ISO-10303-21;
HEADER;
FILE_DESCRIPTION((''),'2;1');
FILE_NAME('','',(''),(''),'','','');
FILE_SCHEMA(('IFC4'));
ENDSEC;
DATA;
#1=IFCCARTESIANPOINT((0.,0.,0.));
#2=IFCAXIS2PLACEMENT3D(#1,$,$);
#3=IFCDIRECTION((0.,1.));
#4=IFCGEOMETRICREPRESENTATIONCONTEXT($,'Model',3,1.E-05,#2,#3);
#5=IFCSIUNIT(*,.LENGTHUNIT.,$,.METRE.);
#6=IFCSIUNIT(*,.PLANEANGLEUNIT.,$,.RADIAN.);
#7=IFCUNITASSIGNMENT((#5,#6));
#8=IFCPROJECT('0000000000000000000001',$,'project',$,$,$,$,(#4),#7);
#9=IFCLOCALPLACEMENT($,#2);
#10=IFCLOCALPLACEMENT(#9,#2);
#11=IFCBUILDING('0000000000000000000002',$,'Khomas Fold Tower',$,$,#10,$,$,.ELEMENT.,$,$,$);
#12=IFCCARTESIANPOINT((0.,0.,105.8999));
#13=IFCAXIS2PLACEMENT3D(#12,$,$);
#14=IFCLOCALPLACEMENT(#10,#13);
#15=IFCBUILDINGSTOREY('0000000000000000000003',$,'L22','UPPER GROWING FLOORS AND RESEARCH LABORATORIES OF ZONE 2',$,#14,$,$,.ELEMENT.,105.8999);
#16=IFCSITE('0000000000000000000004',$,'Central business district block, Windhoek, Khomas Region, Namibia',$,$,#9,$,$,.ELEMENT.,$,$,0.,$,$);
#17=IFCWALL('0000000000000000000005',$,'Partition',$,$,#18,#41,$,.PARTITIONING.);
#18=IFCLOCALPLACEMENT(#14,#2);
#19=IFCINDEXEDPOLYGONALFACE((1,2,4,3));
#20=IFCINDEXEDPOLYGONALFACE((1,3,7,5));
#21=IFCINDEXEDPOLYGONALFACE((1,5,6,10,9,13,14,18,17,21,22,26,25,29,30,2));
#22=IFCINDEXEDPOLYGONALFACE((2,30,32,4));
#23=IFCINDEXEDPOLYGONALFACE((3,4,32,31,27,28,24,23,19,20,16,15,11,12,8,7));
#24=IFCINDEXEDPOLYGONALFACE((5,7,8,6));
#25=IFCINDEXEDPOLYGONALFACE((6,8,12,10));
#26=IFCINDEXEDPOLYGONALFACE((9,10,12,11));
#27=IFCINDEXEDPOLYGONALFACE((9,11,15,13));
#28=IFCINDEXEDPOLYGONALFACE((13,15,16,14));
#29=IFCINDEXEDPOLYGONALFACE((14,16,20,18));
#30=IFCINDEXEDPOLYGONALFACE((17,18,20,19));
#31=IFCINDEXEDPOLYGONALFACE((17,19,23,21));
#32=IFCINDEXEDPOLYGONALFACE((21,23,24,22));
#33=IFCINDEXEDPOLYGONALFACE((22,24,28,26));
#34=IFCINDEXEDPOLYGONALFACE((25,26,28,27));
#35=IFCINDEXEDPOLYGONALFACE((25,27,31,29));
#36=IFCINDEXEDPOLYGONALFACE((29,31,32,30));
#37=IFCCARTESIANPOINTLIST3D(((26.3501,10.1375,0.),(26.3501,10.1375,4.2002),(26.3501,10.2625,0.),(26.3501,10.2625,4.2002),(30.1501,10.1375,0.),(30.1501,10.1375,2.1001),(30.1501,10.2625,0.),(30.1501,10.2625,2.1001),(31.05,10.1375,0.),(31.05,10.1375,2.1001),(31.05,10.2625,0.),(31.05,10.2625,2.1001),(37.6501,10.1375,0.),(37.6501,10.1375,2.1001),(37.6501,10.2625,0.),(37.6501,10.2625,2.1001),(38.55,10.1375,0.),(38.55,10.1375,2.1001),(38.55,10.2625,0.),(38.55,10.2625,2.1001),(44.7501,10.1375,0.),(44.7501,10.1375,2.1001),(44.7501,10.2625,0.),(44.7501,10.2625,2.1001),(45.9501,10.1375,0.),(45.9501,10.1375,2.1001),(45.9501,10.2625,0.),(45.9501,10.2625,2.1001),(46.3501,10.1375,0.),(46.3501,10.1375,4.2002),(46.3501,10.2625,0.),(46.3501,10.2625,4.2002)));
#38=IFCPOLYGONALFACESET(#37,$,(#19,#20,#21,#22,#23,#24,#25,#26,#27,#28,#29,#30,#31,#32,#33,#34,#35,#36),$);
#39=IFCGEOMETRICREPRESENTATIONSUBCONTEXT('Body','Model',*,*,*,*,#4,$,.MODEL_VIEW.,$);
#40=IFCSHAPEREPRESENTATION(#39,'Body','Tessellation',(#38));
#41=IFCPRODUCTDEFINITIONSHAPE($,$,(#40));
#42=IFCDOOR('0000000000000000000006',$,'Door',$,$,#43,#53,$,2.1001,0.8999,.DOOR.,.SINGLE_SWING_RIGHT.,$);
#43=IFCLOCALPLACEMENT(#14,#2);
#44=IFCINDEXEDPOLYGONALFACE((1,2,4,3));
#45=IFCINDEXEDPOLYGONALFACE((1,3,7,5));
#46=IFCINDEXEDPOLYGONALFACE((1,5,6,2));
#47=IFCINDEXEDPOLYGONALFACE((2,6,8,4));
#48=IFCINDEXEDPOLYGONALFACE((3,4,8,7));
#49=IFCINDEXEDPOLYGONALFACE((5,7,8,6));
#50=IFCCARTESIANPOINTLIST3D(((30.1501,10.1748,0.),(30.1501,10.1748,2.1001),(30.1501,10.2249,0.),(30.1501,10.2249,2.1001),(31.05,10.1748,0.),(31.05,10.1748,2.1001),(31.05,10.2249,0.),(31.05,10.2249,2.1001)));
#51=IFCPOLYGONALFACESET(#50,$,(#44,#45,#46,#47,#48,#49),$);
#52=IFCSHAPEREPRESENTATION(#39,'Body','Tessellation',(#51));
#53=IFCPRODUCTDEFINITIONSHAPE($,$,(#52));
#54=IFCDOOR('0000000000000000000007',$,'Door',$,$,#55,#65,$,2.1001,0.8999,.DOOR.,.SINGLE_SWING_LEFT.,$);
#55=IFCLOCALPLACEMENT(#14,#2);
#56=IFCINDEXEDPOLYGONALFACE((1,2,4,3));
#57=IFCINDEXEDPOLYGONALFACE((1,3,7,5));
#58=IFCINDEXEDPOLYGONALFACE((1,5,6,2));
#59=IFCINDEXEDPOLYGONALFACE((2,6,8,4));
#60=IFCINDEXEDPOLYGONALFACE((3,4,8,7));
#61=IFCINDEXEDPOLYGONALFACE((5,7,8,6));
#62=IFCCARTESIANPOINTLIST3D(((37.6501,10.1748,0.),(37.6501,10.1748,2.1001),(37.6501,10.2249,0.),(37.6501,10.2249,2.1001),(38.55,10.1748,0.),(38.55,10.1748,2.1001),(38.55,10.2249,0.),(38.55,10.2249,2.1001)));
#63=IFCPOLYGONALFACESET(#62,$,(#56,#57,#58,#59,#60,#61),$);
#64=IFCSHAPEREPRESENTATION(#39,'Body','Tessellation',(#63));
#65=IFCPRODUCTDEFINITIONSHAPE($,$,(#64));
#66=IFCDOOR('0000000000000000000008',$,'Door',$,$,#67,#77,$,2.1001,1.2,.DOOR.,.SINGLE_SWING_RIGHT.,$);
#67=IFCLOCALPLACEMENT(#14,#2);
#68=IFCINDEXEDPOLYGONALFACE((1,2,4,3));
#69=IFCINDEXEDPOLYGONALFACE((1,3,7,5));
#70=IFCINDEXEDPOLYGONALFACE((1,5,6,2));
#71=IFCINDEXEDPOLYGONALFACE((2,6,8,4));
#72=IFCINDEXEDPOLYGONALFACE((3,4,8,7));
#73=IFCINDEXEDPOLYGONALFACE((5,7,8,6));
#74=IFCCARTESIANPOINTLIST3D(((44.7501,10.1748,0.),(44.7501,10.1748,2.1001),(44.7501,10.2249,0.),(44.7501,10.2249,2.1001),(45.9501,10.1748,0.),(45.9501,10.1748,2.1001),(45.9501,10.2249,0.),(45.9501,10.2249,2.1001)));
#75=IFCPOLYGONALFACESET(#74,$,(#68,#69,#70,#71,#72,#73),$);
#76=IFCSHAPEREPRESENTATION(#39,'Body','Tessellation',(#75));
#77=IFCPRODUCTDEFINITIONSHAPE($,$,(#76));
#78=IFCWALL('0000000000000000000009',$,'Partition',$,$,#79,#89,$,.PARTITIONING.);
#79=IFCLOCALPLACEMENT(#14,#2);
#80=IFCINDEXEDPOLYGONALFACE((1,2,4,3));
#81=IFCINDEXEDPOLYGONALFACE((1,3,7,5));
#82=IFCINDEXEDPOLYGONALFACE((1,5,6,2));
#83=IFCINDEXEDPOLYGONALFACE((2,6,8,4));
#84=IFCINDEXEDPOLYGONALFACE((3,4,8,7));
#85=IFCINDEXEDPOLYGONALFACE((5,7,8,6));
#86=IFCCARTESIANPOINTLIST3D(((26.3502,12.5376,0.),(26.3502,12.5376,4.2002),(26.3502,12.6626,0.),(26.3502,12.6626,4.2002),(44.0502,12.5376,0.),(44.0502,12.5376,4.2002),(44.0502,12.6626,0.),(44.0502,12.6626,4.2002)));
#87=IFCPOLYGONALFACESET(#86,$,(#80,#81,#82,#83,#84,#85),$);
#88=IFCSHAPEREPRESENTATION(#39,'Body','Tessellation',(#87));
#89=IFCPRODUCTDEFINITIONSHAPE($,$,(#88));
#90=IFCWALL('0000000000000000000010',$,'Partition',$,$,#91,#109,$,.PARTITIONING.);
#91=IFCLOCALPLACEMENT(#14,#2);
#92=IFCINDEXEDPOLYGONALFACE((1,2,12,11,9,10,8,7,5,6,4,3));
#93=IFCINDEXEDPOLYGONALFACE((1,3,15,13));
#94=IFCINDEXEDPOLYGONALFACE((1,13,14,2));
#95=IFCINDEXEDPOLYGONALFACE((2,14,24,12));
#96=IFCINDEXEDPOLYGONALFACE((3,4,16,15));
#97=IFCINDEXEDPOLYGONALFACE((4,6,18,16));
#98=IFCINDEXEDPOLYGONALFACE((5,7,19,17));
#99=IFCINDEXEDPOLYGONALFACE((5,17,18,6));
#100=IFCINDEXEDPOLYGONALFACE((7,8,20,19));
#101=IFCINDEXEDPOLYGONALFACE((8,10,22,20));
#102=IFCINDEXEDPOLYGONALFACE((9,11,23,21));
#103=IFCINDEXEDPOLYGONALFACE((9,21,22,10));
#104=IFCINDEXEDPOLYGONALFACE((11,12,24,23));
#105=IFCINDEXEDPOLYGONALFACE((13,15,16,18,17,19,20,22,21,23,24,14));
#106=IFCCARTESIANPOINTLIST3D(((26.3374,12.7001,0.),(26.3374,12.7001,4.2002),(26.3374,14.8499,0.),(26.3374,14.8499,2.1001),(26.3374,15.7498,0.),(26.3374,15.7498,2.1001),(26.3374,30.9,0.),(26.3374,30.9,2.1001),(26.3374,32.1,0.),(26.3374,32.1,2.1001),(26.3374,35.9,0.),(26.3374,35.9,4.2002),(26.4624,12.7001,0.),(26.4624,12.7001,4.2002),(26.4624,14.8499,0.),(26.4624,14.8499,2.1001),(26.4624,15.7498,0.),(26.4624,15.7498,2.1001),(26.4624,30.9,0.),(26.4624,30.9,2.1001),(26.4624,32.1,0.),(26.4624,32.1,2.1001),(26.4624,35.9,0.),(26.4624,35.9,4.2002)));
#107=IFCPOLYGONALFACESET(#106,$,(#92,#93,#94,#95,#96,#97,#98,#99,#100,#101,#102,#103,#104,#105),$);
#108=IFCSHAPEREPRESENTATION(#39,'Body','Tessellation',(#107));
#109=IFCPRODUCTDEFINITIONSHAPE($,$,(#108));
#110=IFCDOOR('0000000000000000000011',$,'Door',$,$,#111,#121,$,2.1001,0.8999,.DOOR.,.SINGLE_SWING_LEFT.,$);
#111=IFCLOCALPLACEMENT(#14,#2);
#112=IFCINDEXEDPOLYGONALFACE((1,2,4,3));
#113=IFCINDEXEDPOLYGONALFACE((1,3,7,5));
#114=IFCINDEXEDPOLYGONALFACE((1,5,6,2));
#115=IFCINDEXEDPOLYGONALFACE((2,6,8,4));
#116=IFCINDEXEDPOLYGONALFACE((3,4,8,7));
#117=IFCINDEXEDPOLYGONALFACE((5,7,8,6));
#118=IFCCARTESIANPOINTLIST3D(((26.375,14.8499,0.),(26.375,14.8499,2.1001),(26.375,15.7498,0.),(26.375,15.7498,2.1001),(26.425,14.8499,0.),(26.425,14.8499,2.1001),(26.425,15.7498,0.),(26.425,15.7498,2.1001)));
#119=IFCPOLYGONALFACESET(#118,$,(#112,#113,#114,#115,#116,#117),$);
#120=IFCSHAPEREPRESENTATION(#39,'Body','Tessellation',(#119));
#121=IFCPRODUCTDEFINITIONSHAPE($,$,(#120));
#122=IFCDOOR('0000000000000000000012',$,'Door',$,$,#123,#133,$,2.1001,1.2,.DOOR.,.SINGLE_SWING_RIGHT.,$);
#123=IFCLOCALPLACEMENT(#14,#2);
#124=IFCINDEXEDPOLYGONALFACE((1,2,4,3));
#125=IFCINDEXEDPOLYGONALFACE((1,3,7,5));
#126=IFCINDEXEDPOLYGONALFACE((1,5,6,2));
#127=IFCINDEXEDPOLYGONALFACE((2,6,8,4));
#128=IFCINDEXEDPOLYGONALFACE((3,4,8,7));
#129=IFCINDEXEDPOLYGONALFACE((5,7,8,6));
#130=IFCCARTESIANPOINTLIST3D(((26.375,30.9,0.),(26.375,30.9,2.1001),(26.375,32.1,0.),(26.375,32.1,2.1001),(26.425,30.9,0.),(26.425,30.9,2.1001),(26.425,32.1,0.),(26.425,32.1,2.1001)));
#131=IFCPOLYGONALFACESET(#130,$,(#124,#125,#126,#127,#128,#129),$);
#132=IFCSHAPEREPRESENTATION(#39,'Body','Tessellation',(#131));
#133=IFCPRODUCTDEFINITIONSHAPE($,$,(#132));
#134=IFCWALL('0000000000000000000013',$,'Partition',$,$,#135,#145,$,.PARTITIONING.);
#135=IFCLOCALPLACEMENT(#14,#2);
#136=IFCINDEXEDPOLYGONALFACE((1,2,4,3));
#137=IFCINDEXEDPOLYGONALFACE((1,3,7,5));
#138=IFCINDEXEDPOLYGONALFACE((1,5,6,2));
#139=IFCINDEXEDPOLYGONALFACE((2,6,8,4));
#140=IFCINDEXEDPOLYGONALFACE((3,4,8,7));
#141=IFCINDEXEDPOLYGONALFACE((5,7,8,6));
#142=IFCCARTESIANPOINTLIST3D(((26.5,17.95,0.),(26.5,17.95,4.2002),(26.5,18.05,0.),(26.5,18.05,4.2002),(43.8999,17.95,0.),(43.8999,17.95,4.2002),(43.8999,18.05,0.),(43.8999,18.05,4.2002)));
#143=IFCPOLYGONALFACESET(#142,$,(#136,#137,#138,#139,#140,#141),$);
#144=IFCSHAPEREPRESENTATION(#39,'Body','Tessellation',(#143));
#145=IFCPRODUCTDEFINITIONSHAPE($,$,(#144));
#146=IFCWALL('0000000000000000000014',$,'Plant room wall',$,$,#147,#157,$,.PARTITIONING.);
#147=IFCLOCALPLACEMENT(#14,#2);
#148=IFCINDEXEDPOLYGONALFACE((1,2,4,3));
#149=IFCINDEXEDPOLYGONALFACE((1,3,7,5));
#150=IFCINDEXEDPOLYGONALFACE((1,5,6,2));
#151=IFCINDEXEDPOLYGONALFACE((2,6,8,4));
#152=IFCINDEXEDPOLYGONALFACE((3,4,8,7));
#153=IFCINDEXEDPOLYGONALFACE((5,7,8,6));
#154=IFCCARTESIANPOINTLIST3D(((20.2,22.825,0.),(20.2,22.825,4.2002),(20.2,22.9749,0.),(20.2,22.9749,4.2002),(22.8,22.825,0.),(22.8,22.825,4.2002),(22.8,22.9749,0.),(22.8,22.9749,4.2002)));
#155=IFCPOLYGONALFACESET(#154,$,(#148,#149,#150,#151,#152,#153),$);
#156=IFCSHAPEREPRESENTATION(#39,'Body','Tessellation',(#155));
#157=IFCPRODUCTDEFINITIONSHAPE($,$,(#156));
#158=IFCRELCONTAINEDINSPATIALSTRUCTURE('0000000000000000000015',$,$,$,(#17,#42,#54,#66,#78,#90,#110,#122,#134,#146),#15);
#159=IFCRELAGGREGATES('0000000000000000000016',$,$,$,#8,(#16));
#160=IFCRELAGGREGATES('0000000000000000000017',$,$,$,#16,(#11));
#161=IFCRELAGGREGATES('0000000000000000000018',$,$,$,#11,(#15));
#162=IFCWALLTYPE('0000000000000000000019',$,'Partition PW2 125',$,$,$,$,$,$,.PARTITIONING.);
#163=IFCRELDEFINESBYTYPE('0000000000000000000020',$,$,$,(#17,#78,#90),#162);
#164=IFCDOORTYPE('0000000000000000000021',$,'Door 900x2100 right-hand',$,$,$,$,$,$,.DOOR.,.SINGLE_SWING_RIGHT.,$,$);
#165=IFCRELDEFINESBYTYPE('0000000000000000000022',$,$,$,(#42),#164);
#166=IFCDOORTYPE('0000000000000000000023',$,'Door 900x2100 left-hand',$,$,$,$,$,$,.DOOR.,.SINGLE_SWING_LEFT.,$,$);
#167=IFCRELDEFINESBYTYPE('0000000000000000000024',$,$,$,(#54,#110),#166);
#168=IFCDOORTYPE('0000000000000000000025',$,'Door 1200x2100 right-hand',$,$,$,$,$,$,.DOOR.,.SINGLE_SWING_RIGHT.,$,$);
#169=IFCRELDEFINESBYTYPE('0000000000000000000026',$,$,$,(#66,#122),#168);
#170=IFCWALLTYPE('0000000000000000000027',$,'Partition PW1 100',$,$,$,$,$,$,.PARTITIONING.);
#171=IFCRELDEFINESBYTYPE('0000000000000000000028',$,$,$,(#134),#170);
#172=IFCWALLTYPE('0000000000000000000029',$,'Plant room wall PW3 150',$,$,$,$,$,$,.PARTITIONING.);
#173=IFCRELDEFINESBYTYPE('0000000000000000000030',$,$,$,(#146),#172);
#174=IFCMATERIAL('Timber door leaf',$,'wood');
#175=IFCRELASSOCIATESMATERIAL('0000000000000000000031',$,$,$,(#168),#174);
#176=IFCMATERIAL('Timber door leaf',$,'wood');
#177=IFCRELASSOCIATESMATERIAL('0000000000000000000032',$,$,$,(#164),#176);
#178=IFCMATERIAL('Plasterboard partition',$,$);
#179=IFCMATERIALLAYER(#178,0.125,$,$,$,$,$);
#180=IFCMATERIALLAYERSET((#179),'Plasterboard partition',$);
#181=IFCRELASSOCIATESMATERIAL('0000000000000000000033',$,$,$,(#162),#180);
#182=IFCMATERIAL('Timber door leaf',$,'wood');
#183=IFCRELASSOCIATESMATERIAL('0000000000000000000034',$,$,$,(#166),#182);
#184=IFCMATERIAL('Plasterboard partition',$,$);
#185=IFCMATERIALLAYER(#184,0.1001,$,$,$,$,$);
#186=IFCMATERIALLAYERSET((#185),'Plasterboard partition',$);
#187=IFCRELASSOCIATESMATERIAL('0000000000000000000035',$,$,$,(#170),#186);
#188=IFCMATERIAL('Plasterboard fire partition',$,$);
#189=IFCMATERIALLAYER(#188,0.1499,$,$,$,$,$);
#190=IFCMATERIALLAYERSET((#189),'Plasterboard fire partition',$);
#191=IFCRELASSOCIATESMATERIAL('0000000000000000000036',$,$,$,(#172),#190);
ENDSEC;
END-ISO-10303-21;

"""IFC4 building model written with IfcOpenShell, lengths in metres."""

from ifc_helpers import new_model, si_unit, direction, frame, frame_2d, origin, place, context, subcontext, project, spatial, rectangle, extrude, source, transform, mapped, material, layer, layer_set, type_object, element, fill, save


model = new_model("IFC4")

# Units and contexts
model_context = context("Model", 3, precision=1e-05, world=origin(), true_north=direction((0.0, 1.0)))
body_context = subcontext(model_context, "Body", "Model", "MODEL_VIEW")
ifc_project = project(units=[si_unit("LENGTHUNIT", "METRE"), si_unit("PLANEANGLEUNIT", "RADIAN")], contexts=[model_context])

# Site, building, storey
site_placement = place(None, origin())
site = spatial("IfcSite", under=ifc_project, at=site_placement, Name="Central business district block, Windhoek, Khomas Region, Namibia", CompositionType="ELEMENT", RefElevation=0.0)
building_placement = place(site_placement, origin())
building = spatial("IfcBuilding", under=site, at=building_placement, Name="Khomas Fold Tower", CompositionType="ELEMENT")
storey_placement = place(building_placement, frame((0.0, 0.0, 105.8999)))
storey = spatial("IfcBuildingStorey", under=building, at=storey_placement, Name="L22", Description="UPPER GROWING FLOORS AND RESEARCH LABORATORIES OF ZONE 2", CompositionType="ELEMENT", Elevation=105.8999)

# Wall, openings, doors
ifc_material_1 = material(Name="Timber door leaf", Category="wood")
door_type_1 = type_object("IfcDoorType", Name="Door 1200x2100 right-hand", OperationType="SINGLE_SWING_RIGHT", PredefinedType="DOOR", material=ifc_material_1)
ifc_material_2 = material(Name="Timber door leaf", Category="wood")
door_type_2 = type_object("IfcDoorType", Name="Door 900x2100 right-hand", OperationType="SINGLE_SWING_RIGHT", PredefinedType="DOOR", material=ifc_material_2)
ifc_material_3 = material(Name="Plasterboard partition")
ifc_layer_1 = layer(ifc_material_3, 0.125)
ifc_layer_set_1 = layer_set([ifc_layer_1], Name="Plasterboard partition")
wall_type_1 = type_object("IfcWallType", Name="Partition PW2 125", PredefinedType="PARTITIONING", material=ifc_layer_set_1)
shared_shape_1 = source(origin(), body_context, "Body", "SweptSolid", [
    extrude(rectangle(XDim=20.0, YDim=0.125, at=frame_2d((10.0, 0.0))), origin(), (0.0, 0.0, 1.0), 4.2002),
])
wall_1_placement = place(storey_placement, frame((26.3501, 10.2, 0.0), z_axis=(0.0, 0.0, 1.0), x_axis=(1.0, 0.0, 0.0)))
wall_1 = element("IfcWall", 1, at=wall_1_placement, inside=storey, type_object=wall_type_1, Name="Partition", PredefinedType="PARTITIONING", context=body_context, shape_type="MappedRepresentation", body=[
    mapped(shared_shape_1, transform((0.0, 0.0, 0.0))),
])
shared_shape_2 = source(origin(), body_context, "Body", "SweptSolid", [
    extrude(rectangle(XDim=0.8999, YDim=2.1001, at=frame_2d((0.45, 1.05))), frame((0.0, 0.0725, 0.0), z_axis=(0.0, -1.0, 0.0), x_axis=(1.0, 0.0, 0.0)), (0.0, 0.0, 1.0), 0.145),
])
opening_1_placement = place(wall_1_placement, frame((3.8, 0.0, 0.0)))
opening_1 = element("IfcOpeningElement", 2, at=opening_1_placement, cuts=wall_1, PredefinedType="OPENING", context=body_context, shape_type="MappedRepresentation", body=[
    mapped(shared_shape_2, transform((0.0, 0.0, 0.0))),
])
opening_2_placement = place(wall_1_placement, frame((11.3, 0.0, 0.0)))
opening_2 = element("IfcOpeningElement", 3, at=opening_2_placement, cuts=wall_1, PredefinedType="OPENING", context=body_context, shape_type="MappedRepresentation", body=[
    mapped(shared_shape_2, transform((0.0, 0.0, 0.0))),
])
shared_shape_3 = source(origin(), body_context, "Body", "SweptSolid", [
    extrude(rectangle(XDim=1.2, YDim=2.1001, at=frame_2d((0.6001, 1.05))), frame((0.0, 0.0725, 0.0), z_axis=(0.0, -1.0, 0.0), x_axis=(1.0, 0.0, 0.0)), (0.0, 0.0, 1.0), 0.145),
])
opening_3_placement = place(wall_1_placement, frame((18.3999, 0.0, 0.0)))
opening_3 = element("IfcOpeningElement", 4, at=opening_3_placement, cuts=wall_1, PredefinedType="OPENING", context=body_context, shape_type="MappedRepresentation", body=[
    mapped(shared_shape_3, transform((0.0, 0.0, 0.0))),
])
shared_shape_4 = source(origin(), body_context, "Body", "SweptSolid", [
    extrude(rectangle(XDim=0.8999, YDim=2.1001, at=frame_2d((0.45, 1.05))), frame((0.0, 0.0249, 0.0), z_axis=(0.0, -1.0, 0.0), x_axis=(1.0, 0.0, 0.0)), (0.0, 0.0, 1.0), 0.05),
])
door_1_placement = place(opening_1_placement, origin())
door_1 = element("IfcDoor", 5, at=door_1_placement, inside=storey, type_object=door_type_2, Name="Door", OperationType="SINGLE_SWING_RIGHT", OverallHeight=2.1001, OverallWidth=0.8999, PredefinedType="DOOR", context=body_context, shape_type="MappedRepresentation", body=[
    mapped(shared_shape_4, transform((0.0, 0.0, 0.0))),
])
fill(opening_1, door_1)
ifc_material_4 = material(Name="Timber door leaf", Category="wood")
door_type_3 = type_object("IfcDoorType", Name="Door 900x2100 left-hand", OperationType="SINGLE_SWING_LEFT", PredefinedType="DOOR", material=ifc_material_4)
door_2_placement = place(opening_2_placement, origin())
door_2 = element("IfcDoor", 6, at=door_2_placement, inside=storey, type_object=door_type_3, Name="Door", OperationType="SINGLE_SWING_LEFT", OverallHeight=2.1001, OverallWidth=0.8999, PredefinedType="DOOR", context=body_context, shape_type="MappedRepresentation", body=[
    mapped(shared_shape_4, transform((0.0, 0.0, 0.0))),
])
fill(opening_2, door_2)
shared_shape_5 = source(origin(), body_context, "Body", "SweptSolid", [
    extrude(rectangle(XDim=1.2, YDim=2.1001, at=frame_2d((0.6001, 1.05))), frame((0.0, 0.0249, 0.0), z_axis=(0.0, -1.0, 0.0), x_axis=(1.0, 0.0, 0.0)), (0.0, 0.0, 1.0), 0.05),
])
door_3_placement = place(opening_3_placement, origin())
door_3 = element("IfcDoor", 7, at=door_3_placement, inside=storey, type_object=door_type_1, Name="Door", OperationType="SINGLE_SWING_RIGHT", OverallHeight=2.1001, OverallWidth=1.2, PredefinedType="DOOR", context=body_context, shape_type="MappedRepresentation", body=[
    mapped(shared_shape_5, transform((0.0, 0.0, 0.0))),
])
fill(opening_3, door_3)

# Wall
shared_shape_6 = source(origin(), body_context, "Body", "SweptSolid", [
    extrude(rectangle(XDim=17.7, YDim=0.125, at=frame_2d((8.8501, 0.0))), origin(), (0.0, 0.0, 1.0), 4.2002),
])
wall_2_placement = place(storey_placement, frame((26.3501, 12.6001, 0.0), z_axis=(0.0, 0.0, 1.0), x_axis=(1.0, 0.0, 0.0)))
element("IfcWall", 8, at=wall_2_placement, inside=storey, type_object=wall_type_1, Name="Partition", PredefinedType="PARTITIONING", context=body_context, shape_type="MappedRepresentation", body=[
    mapped(shared_shape_6, transform((0.0, 0.0, 0.0))),
])

# Wall, openings, doors
shared_shape_7 = source(origin(), body_context, "Body", "SweptSolid", [
    extrude(rectangle(XDim=23.2, YDim=0.125, at=frame_2d((11.6001, 0.0))), origin(), (0.0, 0.0, 1.0), 4.2002),
])
wall_3_placement = place(storey_placement, frame((26.3999, 12.7, 0.0), z_axis=(0.0, 0.0, 1.0), x_axis=(0.0, 1.0, 0.0)))
wall_3 = element("IfcWall", 9, at=wall_3_placement, inside=storey, type_object=wall_type_1, Name="Partition", PredefinedType="PARTITIONING", context=body_context, shape_type="MappedRepresentation", body=[
    mapped(shared_shape_7, transform((0.0, 0.0, 0.0))),
])
opening_4_placement = place(wall_3_placement, frame((2.1499, 0.0, 0.0)))
opening_4 = element("IfcOpeningElement", 10, at=opening_4_placement, cuts=wall_3, PredefinedType="OPENING", context=body_context, shape_type="MappedRepresentation", body=[
    mapped(shared_shape_2, transform((0.0, 0.0, 0.0))),
])
opening_5_placement = place(wall_3_placement, frame((18.2, 0.0, 0.0)))
opening_5 = element("IfcOpeningElement", 11, at=opening_5_placement, cuts=wall_3, PredefinedType="OPENING", context=body_context, shape_type="MappedRepresentation", body=[
    mapped(shared_shape_3, transform((0.0, 0.0, 0.0))),
])
door_4_placement = place(opening_4_placement, origin())
door_4 = element("IfcDoor", 12, at=door_4_placement, inside=storey, type_object=door_type_3, Name="Door", OperationType="SINGLE_SWING_LEFT", OverallHeight=2.1001, OverallWidth=0.8999, PredefinedType="DOOR", context=body_context, shape_type="MappedRepresentation", body=[
    mapped(shared_shape_4, transform((0.0, 0.0, 0.0))),
])
fill(opening_4, door_4)
door_5_placement = place(opening_5_placement, origin())
door_5 = element("IfcDoor", 13, at=door_5_placement, inside=storey, type_object=door_type_1, Name="Door", OperationType="SINGLE_SWING_RIGHT", OverallHeight=2.1001, OverallWidth=1.2, PredefinedType="DOOR", context=body_context, shape_type="MappedRepresentation", body=[
    mapped(shared_shape_5, transform((0.0, 0.0, 0.0))),
])
fill(opening_5, door_5)

# Walls
ifc_material_5 = material(Name="Plasterboard partition")
ifc_layer_2 = layer(ifc_material_5, 0.1001)
ifc_layer_set_2 = layer_set([ifc_layer_2], Name="Plasterboard partition")
wall_type_2 = type_object("IfcWallType", Name="Partition PW1 100", PredefinedType="PARTITIONING", material=ifc_layer_set_2)
shared_shape_8 = source(origin(), body_context, "Body", "SweptSolid", [
    extrude(rectangle(XDim=17.3999, YDim=0.1001, at=frame_2d((8.7, 0.0))), origin(), (0.0, 0.0, 1.0), 4.2002),
])
wall_4_placement = place(storey_placement, frame((26.5, 18.0, 0.0), z_axis=(0.0, 0.0, 1.0), x_axis=(1.0, 0.0, 0.0)))
element("IfcWall", 14, at=wall_4_placement, inside=storey, type_object=wall_type_2, Name="Partition", PredefinedType="PARTITIONING", context=body_context, shape_type="MappedRepresentation", body=[
    mapped(shared_shape_8, transform((0.0, 0.0, 0.0))),
])
ifc_material_6 = material(Name="Plasterboard fire partition")
ifc_layer_3 = layer(ifc_material_6, 0.1499)
ifc_layer_set_3 = layer_set([ifc_layer_3], Name="Plasterboard fire partition")
wall_type_3 = type_object("IfcWallType", Name="Plant room wall PW3 150", PredefinedType="PARTITIONING", material=ifc_layer_set_3)
shared_shape_9 = source(origin(), body_context, "Body", "SweptSolid", [
    extrude(rectangle(XDim=2.6001, YDim=0.1499, at=frame_2d((1.3, 0.0))), origin(), (0.0, 0.0, 1.0), 4.2002),
])
wall_5_placement = place(storey_placement, frame((20.2, 22.8999, 0.0), z_axis=(0.0, 0.0, 1.0), x_axis=(1.0, 0.0, 0.0)))
element("IfcWall", 15, at=wall_5_placement, inside=storey, type_object=wall_type_3, Name="Plant room wall", PredefinedType="PARTITIONING", context=body_context, shape_type="MappedRepresentation", body=[
    mapped(shared_shape_9, transform((0.0, 0.0, 0.0))),
])

save(model, "model.ifc")
